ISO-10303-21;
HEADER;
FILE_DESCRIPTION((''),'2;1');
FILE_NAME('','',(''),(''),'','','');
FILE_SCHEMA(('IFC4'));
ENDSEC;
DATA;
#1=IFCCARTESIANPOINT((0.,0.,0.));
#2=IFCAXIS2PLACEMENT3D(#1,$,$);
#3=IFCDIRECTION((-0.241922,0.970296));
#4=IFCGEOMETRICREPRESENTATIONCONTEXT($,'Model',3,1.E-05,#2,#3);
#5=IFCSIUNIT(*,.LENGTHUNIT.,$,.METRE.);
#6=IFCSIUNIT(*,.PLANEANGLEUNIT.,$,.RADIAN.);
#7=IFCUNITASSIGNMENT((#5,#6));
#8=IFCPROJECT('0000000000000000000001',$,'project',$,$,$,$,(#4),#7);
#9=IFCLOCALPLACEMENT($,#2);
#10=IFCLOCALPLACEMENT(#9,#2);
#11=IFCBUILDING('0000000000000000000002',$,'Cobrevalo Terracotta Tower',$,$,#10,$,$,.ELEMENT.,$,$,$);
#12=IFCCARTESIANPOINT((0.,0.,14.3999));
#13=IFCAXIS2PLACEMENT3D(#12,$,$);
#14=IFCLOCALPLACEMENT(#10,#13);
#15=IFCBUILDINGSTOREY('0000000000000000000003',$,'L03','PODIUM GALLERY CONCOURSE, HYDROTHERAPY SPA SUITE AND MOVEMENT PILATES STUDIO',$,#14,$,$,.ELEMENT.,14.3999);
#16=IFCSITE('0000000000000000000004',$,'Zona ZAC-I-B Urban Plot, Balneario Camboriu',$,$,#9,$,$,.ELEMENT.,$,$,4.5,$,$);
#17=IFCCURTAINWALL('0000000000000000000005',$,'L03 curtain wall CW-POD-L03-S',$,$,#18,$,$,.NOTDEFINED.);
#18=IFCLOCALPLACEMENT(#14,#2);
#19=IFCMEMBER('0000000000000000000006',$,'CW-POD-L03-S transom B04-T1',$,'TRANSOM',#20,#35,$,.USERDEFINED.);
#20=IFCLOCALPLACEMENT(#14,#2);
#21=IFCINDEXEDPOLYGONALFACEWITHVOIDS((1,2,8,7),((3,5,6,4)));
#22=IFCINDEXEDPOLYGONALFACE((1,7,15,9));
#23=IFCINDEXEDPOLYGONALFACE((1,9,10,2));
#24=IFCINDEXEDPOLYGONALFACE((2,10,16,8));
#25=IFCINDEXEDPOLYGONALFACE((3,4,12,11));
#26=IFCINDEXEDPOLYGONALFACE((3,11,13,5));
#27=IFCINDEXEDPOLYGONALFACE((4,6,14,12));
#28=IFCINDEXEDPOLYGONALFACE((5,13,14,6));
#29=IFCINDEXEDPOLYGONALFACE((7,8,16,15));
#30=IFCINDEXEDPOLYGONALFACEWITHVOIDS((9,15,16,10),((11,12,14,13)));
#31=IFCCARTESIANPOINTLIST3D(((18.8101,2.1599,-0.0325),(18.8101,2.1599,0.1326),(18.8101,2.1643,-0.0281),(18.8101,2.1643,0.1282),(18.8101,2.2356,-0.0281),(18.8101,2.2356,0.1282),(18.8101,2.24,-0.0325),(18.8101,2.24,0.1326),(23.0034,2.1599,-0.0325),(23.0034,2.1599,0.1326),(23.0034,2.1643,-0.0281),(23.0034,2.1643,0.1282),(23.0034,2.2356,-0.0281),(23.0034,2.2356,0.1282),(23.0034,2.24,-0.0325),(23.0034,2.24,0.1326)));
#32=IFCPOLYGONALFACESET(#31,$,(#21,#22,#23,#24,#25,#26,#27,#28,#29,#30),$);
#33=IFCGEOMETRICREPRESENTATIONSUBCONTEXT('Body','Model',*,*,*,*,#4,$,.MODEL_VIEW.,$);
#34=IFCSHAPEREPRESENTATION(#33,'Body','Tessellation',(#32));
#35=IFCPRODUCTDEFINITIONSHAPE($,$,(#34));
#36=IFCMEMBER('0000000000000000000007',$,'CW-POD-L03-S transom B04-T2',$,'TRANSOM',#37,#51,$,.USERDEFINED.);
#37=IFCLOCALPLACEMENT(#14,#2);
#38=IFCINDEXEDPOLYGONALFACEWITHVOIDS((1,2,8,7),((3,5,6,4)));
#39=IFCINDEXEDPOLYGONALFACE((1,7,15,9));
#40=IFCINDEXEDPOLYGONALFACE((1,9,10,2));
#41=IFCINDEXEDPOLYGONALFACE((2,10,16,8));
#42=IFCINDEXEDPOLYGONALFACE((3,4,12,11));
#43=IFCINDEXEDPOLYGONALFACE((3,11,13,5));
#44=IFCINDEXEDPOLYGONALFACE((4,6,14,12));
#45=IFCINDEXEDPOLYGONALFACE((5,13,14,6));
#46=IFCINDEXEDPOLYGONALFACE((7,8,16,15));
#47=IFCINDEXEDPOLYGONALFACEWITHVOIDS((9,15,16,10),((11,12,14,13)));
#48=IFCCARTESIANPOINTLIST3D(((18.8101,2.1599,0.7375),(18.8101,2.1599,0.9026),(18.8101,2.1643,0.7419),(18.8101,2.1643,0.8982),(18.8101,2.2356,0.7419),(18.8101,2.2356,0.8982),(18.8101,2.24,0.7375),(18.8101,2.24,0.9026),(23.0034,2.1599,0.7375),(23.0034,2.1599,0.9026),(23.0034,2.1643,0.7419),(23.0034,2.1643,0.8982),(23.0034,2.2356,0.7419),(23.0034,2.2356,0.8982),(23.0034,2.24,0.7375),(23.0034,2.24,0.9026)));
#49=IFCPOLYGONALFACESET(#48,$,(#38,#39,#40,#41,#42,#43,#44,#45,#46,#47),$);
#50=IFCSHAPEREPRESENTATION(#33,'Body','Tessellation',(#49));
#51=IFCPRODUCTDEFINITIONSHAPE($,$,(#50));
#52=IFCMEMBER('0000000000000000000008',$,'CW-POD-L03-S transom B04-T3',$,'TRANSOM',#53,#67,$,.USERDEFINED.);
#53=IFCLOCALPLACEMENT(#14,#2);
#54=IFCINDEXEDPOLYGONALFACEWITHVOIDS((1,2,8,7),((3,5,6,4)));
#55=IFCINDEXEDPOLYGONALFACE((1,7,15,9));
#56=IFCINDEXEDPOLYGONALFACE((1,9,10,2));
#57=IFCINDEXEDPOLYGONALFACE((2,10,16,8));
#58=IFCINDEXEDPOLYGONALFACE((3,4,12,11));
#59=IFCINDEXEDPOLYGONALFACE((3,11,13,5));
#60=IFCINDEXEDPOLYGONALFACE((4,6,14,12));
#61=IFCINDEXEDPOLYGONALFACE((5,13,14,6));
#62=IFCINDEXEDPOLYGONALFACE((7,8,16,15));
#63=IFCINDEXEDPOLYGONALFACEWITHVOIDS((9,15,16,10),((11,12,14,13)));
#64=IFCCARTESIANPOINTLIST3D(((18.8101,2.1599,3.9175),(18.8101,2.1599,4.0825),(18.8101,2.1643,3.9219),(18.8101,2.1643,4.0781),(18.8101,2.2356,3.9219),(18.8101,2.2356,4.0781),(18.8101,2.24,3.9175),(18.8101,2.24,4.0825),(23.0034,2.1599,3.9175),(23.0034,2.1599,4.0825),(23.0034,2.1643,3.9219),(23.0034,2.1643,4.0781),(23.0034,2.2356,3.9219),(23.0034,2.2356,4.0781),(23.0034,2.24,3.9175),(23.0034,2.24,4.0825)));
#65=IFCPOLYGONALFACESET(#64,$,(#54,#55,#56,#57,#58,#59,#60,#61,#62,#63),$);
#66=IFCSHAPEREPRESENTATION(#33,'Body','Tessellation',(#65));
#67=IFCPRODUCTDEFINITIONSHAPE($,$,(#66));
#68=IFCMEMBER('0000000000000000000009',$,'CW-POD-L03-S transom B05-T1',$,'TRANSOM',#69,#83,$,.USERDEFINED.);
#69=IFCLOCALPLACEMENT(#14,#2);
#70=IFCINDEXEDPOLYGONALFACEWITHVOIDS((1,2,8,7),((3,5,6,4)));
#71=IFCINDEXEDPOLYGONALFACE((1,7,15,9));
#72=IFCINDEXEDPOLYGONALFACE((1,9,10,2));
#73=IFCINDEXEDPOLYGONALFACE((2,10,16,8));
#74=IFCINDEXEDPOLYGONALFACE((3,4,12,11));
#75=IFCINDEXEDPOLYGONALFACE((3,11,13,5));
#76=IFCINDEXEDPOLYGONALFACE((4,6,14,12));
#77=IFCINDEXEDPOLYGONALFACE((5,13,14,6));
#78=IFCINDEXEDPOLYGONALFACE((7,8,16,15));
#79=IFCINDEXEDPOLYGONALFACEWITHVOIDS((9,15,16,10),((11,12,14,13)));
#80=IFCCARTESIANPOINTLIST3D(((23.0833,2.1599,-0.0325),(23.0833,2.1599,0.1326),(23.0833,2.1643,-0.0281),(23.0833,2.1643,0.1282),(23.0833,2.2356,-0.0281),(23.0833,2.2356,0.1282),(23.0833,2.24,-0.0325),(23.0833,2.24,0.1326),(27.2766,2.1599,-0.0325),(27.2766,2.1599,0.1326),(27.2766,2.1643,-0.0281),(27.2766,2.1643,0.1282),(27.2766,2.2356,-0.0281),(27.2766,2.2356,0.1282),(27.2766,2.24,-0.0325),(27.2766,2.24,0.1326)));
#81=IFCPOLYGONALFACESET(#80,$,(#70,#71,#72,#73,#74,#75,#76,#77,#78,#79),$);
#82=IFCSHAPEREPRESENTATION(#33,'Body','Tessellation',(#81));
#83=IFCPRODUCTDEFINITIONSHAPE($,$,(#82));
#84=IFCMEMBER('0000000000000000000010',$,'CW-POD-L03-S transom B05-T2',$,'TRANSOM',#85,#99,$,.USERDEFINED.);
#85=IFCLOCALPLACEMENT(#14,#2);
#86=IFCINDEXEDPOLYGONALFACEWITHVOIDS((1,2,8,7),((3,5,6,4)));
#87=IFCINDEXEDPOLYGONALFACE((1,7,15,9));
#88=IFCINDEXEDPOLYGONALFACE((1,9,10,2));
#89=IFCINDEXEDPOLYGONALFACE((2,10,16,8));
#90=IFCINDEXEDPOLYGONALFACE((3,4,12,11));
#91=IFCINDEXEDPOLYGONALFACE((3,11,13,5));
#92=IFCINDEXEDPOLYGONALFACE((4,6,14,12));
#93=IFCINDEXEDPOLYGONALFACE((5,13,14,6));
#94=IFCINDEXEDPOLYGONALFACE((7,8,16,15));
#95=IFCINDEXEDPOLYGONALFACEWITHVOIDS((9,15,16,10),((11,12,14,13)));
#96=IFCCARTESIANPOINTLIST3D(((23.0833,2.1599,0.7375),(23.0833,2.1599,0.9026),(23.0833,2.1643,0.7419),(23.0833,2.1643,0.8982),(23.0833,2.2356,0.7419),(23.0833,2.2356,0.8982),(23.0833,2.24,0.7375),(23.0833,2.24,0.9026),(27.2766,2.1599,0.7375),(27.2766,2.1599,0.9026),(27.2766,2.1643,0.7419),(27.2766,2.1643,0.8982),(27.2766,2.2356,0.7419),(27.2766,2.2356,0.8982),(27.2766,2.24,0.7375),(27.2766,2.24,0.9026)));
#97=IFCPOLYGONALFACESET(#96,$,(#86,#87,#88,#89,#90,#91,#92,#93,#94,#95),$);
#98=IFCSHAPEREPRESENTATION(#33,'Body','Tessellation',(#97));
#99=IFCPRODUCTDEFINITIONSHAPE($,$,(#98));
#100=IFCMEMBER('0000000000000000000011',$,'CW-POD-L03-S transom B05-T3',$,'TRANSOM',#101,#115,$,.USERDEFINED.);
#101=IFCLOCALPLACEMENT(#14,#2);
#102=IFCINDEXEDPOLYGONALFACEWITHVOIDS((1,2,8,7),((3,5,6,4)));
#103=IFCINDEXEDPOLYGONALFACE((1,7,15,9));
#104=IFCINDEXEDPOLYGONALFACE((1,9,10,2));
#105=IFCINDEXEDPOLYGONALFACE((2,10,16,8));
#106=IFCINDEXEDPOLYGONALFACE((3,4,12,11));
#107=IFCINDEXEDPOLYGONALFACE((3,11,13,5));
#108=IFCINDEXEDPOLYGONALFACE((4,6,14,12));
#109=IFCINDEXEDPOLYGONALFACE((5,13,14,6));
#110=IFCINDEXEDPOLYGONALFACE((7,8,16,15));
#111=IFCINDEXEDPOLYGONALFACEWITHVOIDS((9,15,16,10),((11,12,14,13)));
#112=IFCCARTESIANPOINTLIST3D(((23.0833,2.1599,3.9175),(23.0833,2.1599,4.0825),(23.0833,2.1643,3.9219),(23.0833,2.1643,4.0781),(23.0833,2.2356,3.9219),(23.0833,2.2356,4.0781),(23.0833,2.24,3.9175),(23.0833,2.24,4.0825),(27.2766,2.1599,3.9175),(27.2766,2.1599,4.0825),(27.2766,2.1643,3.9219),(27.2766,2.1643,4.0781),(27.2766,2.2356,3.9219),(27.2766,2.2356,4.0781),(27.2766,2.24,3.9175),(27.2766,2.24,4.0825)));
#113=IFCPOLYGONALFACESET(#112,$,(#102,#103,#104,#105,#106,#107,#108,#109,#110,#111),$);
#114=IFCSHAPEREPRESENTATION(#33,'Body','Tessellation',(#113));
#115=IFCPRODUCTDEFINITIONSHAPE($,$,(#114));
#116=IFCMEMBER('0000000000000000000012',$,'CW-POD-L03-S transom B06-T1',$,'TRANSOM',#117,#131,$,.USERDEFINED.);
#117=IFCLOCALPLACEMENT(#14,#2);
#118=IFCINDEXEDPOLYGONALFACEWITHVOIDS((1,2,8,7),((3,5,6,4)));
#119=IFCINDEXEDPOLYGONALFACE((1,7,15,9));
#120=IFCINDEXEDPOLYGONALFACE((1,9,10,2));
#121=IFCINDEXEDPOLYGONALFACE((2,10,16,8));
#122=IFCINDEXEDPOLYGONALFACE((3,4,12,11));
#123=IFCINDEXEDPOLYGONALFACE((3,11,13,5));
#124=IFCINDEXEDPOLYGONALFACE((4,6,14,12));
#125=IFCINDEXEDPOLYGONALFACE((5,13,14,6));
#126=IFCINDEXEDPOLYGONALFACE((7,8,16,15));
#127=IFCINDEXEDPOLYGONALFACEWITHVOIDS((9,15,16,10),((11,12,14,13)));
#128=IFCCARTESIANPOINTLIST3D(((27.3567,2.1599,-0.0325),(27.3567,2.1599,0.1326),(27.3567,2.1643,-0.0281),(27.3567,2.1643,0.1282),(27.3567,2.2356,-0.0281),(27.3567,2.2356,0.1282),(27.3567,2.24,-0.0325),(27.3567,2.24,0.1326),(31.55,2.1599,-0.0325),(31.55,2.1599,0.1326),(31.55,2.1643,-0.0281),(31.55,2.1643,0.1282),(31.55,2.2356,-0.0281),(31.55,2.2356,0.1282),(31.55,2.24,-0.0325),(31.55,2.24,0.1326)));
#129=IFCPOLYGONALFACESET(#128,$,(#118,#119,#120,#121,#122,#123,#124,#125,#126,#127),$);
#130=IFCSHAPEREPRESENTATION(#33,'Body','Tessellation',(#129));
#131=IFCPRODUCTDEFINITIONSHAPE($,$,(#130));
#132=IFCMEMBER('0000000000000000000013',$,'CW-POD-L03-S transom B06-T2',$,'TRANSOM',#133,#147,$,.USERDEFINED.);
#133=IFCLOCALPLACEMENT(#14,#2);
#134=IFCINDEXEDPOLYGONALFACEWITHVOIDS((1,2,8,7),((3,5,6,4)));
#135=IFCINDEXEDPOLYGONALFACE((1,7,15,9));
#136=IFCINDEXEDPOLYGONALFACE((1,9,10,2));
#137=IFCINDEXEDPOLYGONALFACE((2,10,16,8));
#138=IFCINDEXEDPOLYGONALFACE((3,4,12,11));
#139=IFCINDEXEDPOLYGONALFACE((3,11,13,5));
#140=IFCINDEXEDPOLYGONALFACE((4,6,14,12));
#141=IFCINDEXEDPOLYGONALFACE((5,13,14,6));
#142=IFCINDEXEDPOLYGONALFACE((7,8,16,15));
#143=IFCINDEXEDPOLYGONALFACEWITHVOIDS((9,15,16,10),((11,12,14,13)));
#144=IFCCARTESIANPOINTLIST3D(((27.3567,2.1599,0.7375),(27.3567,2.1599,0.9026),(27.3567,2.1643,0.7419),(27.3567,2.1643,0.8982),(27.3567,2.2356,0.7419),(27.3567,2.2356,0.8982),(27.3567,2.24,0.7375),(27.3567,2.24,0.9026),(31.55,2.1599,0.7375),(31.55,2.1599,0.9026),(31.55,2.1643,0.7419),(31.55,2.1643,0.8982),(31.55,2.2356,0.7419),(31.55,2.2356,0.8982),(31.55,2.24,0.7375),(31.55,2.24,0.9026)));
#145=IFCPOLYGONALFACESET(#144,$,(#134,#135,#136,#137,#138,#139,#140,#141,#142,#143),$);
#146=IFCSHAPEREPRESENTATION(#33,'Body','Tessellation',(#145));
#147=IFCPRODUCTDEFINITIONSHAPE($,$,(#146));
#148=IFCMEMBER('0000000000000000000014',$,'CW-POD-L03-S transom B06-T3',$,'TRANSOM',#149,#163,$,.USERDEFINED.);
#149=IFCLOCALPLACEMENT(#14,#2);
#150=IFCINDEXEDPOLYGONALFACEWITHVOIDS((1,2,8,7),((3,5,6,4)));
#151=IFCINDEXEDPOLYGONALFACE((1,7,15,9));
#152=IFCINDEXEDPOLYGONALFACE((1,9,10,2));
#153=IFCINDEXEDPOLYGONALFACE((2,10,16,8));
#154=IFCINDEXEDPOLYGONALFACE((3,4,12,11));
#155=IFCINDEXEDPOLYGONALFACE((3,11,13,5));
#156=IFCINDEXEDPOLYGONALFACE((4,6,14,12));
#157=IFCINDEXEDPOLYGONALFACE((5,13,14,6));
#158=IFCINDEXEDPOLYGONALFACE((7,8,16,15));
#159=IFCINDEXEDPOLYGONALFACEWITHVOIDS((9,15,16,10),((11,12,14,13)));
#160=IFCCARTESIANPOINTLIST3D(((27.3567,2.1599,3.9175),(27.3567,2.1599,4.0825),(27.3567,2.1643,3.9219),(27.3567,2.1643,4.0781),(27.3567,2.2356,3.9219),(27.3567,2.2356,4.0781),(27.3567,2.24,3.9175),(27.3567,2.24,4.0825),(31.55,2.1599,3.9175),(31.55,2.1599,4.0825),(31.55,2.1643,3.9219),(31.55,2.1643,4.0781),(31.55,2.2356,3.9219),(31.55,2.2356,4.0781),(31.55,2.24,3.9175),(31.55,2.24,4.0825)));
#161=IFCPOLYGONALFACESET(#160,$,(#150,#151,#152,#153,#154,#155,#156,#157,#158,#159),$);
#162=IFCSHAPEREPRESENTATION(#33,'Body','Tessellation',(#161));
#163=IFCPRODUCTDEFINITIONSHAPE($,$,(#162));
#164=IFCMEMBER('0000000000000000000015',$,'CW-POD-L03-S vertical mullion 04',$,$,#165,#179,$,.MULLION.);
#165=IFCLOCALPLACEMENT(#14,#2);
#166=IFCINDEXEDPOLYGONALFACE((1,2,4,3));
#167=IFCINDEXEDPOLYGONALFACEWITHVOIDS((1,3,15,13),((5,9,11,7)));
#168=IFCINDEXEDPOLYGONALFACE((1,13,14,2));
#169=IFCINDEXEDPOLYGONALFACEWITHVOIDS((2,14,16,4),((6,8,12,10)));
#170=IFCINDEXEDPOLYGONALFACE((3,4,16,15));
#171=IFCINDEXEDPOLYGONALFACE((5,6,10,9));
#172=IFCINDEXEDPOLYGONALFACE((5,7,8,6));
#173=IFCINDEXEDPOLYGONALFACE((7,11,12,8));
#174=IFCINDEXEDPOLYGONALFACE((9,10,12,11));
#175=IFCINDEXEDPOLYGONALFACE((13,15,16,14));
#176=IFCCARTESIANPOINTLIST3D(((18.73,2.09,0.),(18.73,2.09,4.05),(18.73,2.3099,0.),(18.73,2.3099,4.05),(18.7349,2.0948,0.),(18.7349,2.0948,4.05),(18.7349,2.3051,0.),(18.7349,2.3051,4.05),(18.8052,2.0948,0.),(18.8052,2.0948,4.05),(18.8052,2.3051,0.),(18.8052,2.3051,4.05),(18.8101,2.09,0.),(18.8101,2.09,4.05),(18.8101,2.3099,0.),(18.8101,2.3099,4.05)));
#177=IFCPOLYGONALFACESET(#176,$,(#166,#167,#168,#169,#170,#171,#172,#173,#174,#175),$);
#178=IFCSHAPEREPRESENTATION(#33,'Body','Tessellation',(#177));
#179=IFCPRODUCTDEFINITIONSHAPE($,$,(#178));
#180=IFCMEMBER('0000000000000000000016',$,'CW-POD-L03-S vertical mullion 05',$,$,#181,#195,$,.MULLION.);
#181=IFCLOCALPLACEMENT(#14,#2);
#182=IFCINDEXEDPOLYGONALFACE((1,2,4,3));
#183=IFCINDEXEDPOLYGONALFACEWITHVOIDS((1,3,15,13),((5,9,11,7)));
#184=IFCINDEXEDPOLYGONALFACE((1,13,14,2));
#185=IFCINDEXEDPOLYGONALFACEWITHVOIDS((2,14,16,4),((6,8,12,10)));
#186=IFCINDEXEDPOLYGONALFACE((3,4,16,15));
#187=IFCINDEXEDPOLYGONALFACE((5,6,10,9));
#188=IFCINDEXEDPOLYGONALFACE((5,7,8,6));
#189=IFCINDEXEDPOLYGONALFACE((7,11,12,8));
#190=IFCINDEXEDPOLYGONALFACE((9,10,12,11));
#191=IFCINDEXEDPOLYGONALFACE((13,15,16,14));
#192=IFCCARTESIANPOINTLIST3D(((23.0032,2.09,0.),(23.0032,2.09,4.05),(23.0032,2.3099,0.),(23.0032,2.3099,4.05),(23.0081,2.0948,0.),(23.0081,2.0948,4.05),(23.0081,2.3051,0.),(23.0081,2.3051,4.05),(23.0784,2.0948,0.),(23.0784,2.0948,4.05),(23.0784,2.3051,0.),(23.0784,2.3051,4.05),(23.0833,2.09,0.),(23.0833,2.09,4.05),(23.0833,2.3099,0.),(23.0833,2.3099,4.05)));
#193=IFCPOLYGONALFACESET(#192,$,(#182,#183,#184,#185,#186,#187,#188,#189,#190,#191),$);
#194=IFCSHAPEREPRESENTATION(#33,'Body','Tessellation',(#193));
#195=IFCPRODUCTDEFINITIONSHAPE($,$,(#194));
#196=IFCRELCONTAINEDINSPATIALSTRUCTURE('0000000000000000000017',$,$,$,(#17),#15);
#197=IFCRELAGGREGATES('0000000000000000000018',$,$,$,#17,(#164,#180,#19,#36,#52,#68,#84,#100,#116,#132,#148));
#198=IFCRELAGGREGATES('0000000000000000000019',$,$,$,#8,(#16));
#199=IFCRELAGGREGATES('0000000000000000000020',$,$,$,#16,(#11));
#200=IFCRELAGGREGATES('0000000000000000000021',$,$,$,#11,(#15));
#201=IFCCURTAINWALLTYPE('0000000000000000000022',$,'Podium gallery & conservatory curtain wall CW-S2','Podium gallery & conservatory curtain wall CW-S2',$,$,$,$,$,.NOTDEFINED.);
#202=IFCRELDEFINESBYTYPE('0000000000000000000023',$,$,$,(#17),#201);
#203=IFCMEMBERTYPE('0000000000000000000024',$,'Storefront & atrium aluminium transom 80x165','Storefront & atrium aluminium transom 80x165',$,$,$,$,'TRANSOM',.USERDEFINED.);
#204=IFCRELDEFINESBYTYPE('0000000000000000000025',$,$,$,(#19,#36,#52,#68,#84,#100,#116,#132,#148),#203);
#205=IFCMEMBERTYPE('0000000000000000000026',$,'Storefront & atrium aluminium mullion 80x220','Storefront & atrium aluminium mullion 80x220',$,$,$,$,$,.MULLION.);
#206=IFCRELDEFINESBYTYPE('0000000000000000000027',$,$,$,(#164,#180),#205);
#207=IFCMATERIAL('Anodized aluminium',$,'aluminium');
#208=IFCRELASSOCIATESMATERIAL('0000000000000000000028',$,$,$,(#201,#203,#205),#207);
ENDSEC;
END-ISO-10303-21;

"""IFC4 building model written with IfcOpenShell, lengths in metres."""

from ifc_helpers import new_model, si_unit, direction, frame, origin, origin_2d, place, context, subcontext, project, spatial, hollow_rectangle, extrude, source, transform, mapped, material, material_profile, profile_set, type_object, element, aggregate, save


model = new_model("IFC4")

# Units and contexts
model_context = context("Model", 3, precision=1e-05, world=origin(), true_north=direction((-0.241922, 0.970296)))
body_context = subcontext(model_context, "Body", "Model", "MODEL_VIEW")
ifc_project = project(units=[si_unit("LENGTHUNIT", "METRE"), si_unit("PLANEANGLEUNIT", "RADIAN")], contexts=[model_context])

# Site, building, storey
site_placement = place(None, origin())
site = spatial("IfcSite", under=ifc_project, at=site_placement, Name="Zona ZAC-I-B Urban Plot, Balneario Camboriu", CompositionType="ELEMENT", RefElevation=4.5)
building_placement = place(site_placement, origin())
building = spatial("IfcBuilding", under=site, at=building_placement, Name="Cobrevalo Terracotta Tower", CompositionType="ELEMENT")
storey_placement = place(building_placement, frame((0.0, 0.0, 14.3999)))
storey = spatial("IfcBuildingStorey", under=building, at=storey_placement, Name="L03", Description="PODIUM GALLERY CONCOURSE, HYDROTHERAPY SPA SUITE AND MOVEMENT PILATES STUDIO", CompositionType="ELEMENT", Elevation=14.3999)

# Curtain wall, members
ifc_material_1 = material(Name="Anodized aluminium", Category="aluminium")
curtain_wall_type = type_object("IfcCurtainWallType", Name="Podium gallery & conservatory curtain wall CW-S2", Description="Podium gallery & conservatory curtain wall CW-S2", PredefinedType="NOTDEFINED", material=ifc_material_1)
curtain_wall_placement = place(storey_placement, origin())
curtain_wall = element("IfcCurtainWall", 1, at=curtain_wall_placement, inside=storey, type_object=curtain_wall_type, Name="L03 curtain wall CW-POD-L03-S", PredefinedType="NOTDEFINED")
ifc_material_profile_1 = material_profile(ifc_material_1, hollow_rectangle(XDim=0.0801, YDim=0.165, WallThickness=0.0044, at=origin_2d()), Name="CWT 80x165")
ifc_profile_set_1 = profile_set([ifc_material_profile_1], Name="Anodized aluminium")
member_type_1 = type_object("IfcMemberType", Name="Storefront & atrium aluminium transom 80x165", Description="Storefront & atrium aluminium transom 80x165", ElementType="TRANSOM", PredefinedType="USERDEFINED", material=ifc_profile_set_1)
shared_shape_1 = source(origin(), body_context, "Body", "SweptSolid", [
    extrude(hollow_rectangle(XDim=0.0801, YDim=0.165, WallThickness=0.0044, at=origin_2d()), origin(), (0.0, 0.0, 1.0), 4.1934),
])
member_1_placement = place(storey_placement, frame((18.8101, 2.2, 0.05), z_axis=(1.0, 0.0, 0.0), x_axis=(0.0, 1.0, 0.0)))
member_1 = element("IfcMember", 2, at=member_1_placement, type_object=member_type_1, Name="CW-POD-L03-S transom B04-T1", ObjectType="TRANSOM", PredefinedType="USERDEFINED", context=body_context, shape_type="MappedRepresentation", body=[
    mapped(shared_shape_1, transform((0.0, 0.0, 0.0), scale=1.0)),
])
member_2_placement = place(storey_placement, frame((18.8101, 2.2, 0.8201), z_axis=(1.0, 0.0, 0.0), x_axis=(0.0, 1.0, 0.0)))
member_2 = element("IfcMember", 3, at=member_2_placement, type_object=member_type_1, Name="CW-POD-L03-S transom B04-T2", ObjectType="TRANSOM", PredefinedType="USERDEFINED", context=body_context, shape_type="MappedRepresentation", body=[
    mapped(shared_shape_1, transform((0.0, 0.0, 0.0), scale=1.0)),
])
member_3_placement = place(storey_placement, frame((18.8101, 2.2, 4.0), z_axis=(1.0, 0.0, 0.0), x_axis=(0.0, 1.0, 0.0)))
member_3 = element("IfcMember", 4, at=member_3_placement, type_object=member_type_1, Name="CW-POD-L03-S transom B04-T3", ObjectType="TRANSOM", PredefinedType="USERDEFINED", context=body_context, shape_type="MappedRepresentation", body=[
    mapped(shared_shape_1, transform((0.0, 0.0, 0.0), scale=1.0)),
])
member_4_placement = place(storey_placement, frame((23.0833, 2.2, 0.05), z_axis=(1.0, 0.0, 0.0), x_axis=(0.0, 1.0, 0.0)))
member_4 = element("IfcMember", 5, at=member_4_placement, type_object=member_type_1, Name="CW-POD-L03-S transom B05-T1", ObjectType="TRANSOM", PredefinedType="USERDEFINED", context=body_context, shape_type="MappedRepresentation", body=[
    mapped(shared_shape_1, transform((0.0, 0.0, 0.0), scale=1.0)),
])
member_5_placement = place(storey_placement, frame((23.0833, 2.2, 0.8201), z_axis=(1.0, 0.0, 0.0), x_axis=(0.0, 1.0, 0.0)))
member_5 = element("IfcMember", 6, at=member_5_placement, type_object=member_type_1, Name="CW-POD-L03-S transom B05-T2", ObjectType="TRANSOM", PredefinedType="USERDEFINED", context=body_context, shape_type="MappedRepresentation", body=[
    mapped(shared_shape_1, transform((0.0, 0.0, 0.0), scale=1.0)),
])
member_6_placement = place(storey_placement, frame((23.0833, 2.2, 4.0), z_axis=(1.0, 0.0, 0.0), x_axis=(0.0, 1.0, 0.0)))
member_6 = element("IfcMember", 7, at=member_6_placement, type_object=member_type_1, Name="CW-POD-L03-S transom B05-T3", ObjectType="TRANSOM", PredefinedType="USERDEFINED", context=body_context, shape_type="MappedRepresentation", body=[
    mapped(shared_shape_1, transform((0.0, 0.0, 0.0), scale=1.0)),
])
member_7_placement = place(storey_placement, frame((27.3567, 2.2, 0.05), z_axis=(1.0, 0.0, 0.0), x_axis=(0.0, 1.0, 0.0)))
member_7 = element("IfcMember", 8, at=member_7_placement, type_object=member_type_1, Name="CW-POD-L03-S transom B06-T1", ObjectType="TRANSOM", PredefinedType="USERDEFINED", context=body_context, shape_type="MappedRepresentation", body=[
    mapped(shared_shape_1, transform((0.0, 0.0, 0.0), scale=1.0)),
])
member_8_placement = place(storey_placement, frame((27.3567, 2.2, 0.8201), z_axis=(1.0, 0.0, 0.0), x_axis=(0.0, 1.0, 0.0)))
member_8 = element("IfcMember", 9, at=member_8_placement, type_object=member_type_1, Name="CW-POD-L03-S transom B06-T2", ObjectType="TRANSOM", PredefinedType="USERDEFINED", context=body_context, shape_type="MappedRepresentation", body=[
    mapped(shared_shape_1, transform((0.0, 0.0, 0.0), scale=1.0)),
])
member_9_placement = place(storey_placement, frame((27.3567, 2.2, 4.0), z_axis=(1.0, 0.0, 0.0), x_axis=(0.0, 1.0, 0.0)))
member_9 = element("IfcMember", 10, at=member_9_placement, type_object=member_type_1, Name="CW-POD-L03-S transom B06-T3", ObjectType="TRANSOM", PredefinedType="USERDEFINED", context=body_context, shape_type="MappedRepresentation", body=[
    mapped(shared_shape_1, transform((0.0, 0.0, 0.0), scale=1.0)),
])
ifc_material_profile_2 = material_profile(ifc_material_1, hollow_rectangle(XDim=0.0801, YDim=0.22, WallThickness=0.0049, at=origin_2d()), Name="CWM 80x220")
ifc_profile_set_2 = profile_set([ifc_material_profile_2], Name="Anodized aluminium")
member_type_2 = type_object("IfcMemberType", Name="Storefront & atrium aluminium mullion 80x220", Description="Storefront & atrium aluminium mullion 80x220", PredefinedType="MULLION", material=ifc_profile_set_2)
shared_shape_2 = source(origin(), body_context, "Body", "SweptSolid", [
    extrude(hollow_rectangle(XDim=0.0801, YDim=0.22, WallThickness=0.0049, at=origin_2d()), origin(), (0.0, 0.0, 1.0), 4.05),
])
member_10_placement = place(storey_placement, frame((18.77, 2.2, 0.0), z_axis=(0.0, 0.0, 1.0), x_axis=(1.0, 0.0, 0.0)))
member_10 = element("IfcMember", 11, at=member_10_placement, type_object=member_type_2, Name="CW-POD-L03-S vertical mullion 04", PredefinedType="MULLION", context=body_context, shape_type="MappedRepresentation", body=[
    mapped(shared_shape_2, transform((0.0, 0.0, 0.0), scale=1.0)),
])
member_11_placement = place(storey_placement, frame((23.0432, 2.2, 0.0), z_axis=(0.0, 0.0, 1.0), x_axis=(1.0, 0.0, 0.0)))
member_11 = element("IfcMember", 12, at=member_11_placement, type_object=member_type_2, Name="CW-POD-L03-S vertical mullion 05", PredefinedType="MULLION", context=body_context, shape_type="MappedRepresentation", body=[
    mapped(shared_shape_2, transform((0.0, 0.0, 0.0), scale=1.0)),
])
aggregate(curtain_wall, [member_10, member_11, member_1, member_2, member_3, member_4, member_5, member_6, member_7, member_8, member_9])

save(model, "model.ifc")
